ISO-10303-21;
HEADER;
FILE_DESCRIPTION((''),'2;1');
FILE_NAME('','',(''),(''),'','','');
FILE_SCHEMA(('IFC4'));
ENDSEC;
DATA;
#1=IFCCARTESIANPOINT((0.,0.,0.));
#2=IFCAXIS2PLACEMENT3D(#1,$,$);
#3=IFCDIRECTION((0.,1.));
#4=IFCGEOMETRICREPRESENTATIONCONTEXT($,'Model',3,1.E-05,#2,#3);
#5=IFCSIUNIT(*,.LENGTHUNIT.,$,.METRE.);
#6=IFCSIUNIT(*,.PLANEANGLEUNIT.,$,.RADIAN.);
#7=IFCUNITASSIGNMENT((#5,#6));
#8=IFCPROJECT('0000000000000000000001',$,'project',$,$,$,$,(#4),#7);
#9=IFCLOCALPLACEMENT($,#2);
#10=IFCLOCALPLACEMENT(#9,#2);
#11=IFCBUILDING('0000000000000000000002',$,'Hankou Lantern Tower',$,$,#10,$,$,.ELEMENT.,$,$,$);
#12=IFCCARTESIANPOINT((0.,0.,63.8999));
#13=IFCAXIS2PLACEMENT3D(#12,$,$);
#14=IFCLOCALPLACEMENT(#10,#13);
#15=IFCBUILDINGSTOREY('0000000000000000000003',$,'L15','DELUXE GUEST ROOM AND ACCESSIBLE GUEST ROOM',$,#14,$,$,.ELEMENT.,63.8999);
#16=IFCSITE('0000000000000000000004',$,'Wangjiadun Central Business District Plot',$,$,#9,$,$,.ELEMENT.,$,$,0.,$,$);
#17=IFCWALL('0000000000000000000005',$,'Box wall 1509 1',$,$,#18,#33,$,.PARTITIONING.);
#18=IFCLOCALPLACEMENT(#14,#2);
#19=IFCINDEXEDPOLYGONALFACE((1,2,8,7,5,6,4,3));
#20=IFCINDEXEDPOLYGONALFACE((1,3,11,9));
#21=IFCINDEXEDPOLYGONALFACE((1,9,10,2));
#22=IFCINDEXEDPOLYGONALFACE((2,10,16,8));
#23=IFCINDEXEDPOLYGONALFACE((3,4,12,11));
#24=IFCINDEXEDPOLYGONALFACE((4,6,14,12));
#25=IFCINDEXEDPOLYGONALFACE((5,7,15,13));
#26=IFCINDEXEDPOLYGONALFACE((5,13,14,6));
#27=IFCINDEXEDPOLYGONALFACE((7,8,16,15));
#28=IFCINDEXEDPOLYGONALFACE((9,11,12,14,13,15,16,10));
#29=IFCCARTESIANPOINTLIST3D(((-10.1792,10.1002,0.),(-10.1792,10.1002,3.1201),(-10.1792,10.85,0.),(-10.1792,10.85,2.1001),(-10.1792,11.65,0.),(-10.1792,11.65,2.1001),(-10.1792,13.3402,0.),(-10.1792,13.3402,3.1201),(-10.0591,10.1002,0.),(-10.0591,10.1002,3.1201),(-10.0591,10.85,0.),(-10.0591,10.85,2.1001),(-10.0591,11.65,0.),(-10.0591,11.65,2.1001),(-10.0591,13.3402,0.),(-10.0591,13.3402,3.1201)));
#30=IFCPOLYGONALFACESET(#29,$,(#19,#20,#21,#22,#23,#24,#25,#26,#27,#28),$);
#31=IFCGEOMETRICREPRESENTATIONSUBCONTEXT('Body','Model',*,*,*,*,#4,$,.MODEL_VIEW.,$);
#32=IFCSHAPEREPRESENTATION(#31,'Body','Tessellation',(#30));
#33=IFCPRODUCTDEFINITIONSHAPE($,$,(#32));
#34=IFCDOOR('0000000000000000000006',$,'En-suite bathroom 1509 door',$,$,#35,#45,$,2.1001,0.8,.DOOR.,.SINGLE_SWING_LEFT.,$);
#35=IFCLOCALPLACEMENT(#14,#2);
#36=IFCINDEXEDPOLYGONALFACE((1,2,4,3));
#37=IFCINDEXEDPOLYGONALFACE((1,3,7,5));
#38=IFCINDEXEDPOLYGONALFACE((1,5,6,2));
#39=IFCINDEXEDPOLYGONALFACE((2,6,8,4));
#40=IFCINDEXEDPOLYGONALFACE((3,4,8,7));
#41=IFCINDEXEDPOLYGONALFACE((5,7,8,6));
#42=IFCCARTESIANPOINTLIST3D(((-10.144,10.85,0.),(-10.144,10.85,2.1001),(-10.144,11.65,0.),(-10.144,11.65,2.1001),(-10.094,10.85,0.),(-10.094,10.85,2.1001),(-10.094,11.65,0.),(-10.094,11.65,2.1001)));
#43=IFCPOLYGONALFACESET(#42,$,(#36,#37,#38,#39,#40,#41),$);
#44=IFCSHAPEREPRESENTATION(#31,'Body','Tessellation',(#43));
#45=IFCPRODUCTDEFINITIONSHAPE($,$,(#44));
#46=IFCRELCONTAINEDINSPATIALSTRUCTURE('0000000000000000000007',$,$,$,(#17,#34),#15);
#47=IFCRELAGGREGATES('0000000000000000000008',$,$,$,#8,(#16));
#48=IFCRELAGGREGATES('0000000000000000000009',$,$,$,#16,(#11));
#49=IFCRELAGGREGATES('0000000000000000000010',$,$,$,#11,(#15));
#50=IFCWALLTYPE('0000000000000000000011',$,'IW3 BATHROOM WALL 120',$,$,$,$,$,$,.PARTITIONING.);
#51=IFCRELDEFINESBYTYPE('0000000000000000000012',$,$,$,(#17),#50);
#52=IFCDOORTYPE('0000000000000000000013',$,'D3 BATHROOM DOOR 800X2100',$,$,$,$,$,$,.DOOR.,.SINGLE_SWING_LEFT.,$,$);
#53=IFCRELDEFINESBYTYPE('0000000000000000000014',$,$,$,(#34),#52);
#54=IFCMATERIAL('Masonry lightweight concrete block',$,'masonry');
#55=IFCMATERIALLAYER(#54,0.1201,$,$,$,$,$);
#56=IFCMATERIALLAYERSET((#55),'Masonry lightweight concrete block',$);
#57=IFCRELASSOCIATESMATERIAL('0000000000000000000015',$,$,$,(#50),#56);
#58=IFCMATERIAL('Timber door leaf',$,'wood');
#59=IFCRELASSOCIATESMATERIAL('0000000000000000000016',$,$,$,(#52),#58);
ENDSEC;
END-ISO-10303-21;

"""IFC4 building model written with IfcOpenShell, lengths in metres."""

from ifc_helpers import new_model, si_unit, direction, frame, frame_2d, origin, place, context, subcontext, project, spatial, rectangle, extrude, material, layer, layer_set, type_object, element, fill, save


model = new_model("IFC4")

# Units and contexts
model_context = context("Model", 3, precision=1e-05, world=origin(), true_north=direction((0.0, 1.0)))
body_context = subcontext(model_context, "Body", "Model", "MODEL_VIEW")
ifc_project = project(units=[si_unit("LENGTHUNIT", "METRE"), si_unit("PLANEANGLEUNIT", "RADIAN")], contexts=[model_context])

# Site, building, storey
site_placement = place(None, origin())
site = spatial("IfcSite", under=ifc_project, at=site_placement, Name="Wangjiadun Central Business District Plot", CompositionType="ELEMENT", RefElevation=0.0)
building_placement = place(site_placement, origin())
building = spatial("IfcBuilding", under=site, at=building_placement, Name="Hankou Lantern Tower", CompositionType="ELEMENT")
storey_placement = place(building_placement, frame((0.0, 0.0, 63.8999)))
storey = spatial("IfcBuildingStorey", under=building, at=storey_placement, Name="L15", Description="DELUXE GUEST ROOM AND ACCESSIBLE GUEST ROOM", CompositionType="ELEMENT", Elevation=63.8999)

# Shared definitions
ifc_material_1 = material(Name="Masonry lightweight concrete block", Category="masonry")
ifc_layer_1 = layer(ifc_material_1, 0.1201)
ifc_layer_set_1 = layer_set([ifc_layer_1], Name="Masonry lightweight concrete block")
wall_type_1 = type_object("IfcWallType", Name="IW3 BATHROOM WALL 120", PredefinedType="PARTITIONING", material=ifc_layer_set_1)

# Wall, opening, door
wall_1_placement = place(storey_placement, frame((-10.1191, 10.1001, 0.0), z_axis=(0.0, 0.0, 1.0), x_axis=(0.0, 1.0, 0.0)))
wall_1 = element("IfcWall", 1, at=wall_1_placement, inside=storey, type_object=wall_type_1, Name="Box wall 1509 1", PredefinedType="PARTITIONING", context=body_context, shape_type="SweptSolid", body=[
    extrude(rectangle(XDim=3.24, YDim=0.1201, at=frame_2d((1.6201, 0.0))), origin(), (0.0, 0.0, 1.0), 3.1201),
])
opening_1_placement = place(wall_1_placement, frame((0.75, 0.0, 0.0)))
opening_1 = element("IfcOpeningElement", 2, at=opening_1_placement, cuts=wall_1, PredefinedType="OPENING", context=body_context, shape_type="SweptSolid", body=[
    extrude(rectangle(XDim=0.8, YDim=2.1001, at=frame_2d((0.3999, 1.05))), frame((0.0, 0.0701, 0.0), z_axis=(0.0, -1.0, 0.0), x_axis=(1.0, 0.0, 0.0)), (0.0, 0.0, 1.0), 0.1401),
])
ifc_material_2 = material(Name="Timber door leaf", Category="wood")
door_type_1 = type_object("IfcDoorType", Name="D3 BATHROOM DOOR 800X2100", OperationType="SINGLE_SWING_LEFT", PredefinedType="DOOR", material=ifc_material_2)
door_1_placement = place(opening_1_placement, origin())
door_1 = element("IfcDoor", 3, at=door_1_placement, inside=storey, type_object=door_type_1, Name="En-suite bathroom 1509 door", OperationType="SINGLE_SWING_LEFT", OverallHeight=2.1001, OverallWidth=0.8, PredefinedType="DOOR", context=body_context, shape_type="SweptSolid", body=[
    extrude(rectangle(XDim=0.8, YDim=2.1001, at=frame_2d((0.3999, 1.05))), frame((0.0, 0.0249, 0.0), z_axis=(0.0, -1.0, 0.0), x_axis=(1.0, 0.0, 0.0)), (0.0, 0.0, 1.0), 0.05),
])
fill(opening_1, door_1)

save(model, "model.ifc")
